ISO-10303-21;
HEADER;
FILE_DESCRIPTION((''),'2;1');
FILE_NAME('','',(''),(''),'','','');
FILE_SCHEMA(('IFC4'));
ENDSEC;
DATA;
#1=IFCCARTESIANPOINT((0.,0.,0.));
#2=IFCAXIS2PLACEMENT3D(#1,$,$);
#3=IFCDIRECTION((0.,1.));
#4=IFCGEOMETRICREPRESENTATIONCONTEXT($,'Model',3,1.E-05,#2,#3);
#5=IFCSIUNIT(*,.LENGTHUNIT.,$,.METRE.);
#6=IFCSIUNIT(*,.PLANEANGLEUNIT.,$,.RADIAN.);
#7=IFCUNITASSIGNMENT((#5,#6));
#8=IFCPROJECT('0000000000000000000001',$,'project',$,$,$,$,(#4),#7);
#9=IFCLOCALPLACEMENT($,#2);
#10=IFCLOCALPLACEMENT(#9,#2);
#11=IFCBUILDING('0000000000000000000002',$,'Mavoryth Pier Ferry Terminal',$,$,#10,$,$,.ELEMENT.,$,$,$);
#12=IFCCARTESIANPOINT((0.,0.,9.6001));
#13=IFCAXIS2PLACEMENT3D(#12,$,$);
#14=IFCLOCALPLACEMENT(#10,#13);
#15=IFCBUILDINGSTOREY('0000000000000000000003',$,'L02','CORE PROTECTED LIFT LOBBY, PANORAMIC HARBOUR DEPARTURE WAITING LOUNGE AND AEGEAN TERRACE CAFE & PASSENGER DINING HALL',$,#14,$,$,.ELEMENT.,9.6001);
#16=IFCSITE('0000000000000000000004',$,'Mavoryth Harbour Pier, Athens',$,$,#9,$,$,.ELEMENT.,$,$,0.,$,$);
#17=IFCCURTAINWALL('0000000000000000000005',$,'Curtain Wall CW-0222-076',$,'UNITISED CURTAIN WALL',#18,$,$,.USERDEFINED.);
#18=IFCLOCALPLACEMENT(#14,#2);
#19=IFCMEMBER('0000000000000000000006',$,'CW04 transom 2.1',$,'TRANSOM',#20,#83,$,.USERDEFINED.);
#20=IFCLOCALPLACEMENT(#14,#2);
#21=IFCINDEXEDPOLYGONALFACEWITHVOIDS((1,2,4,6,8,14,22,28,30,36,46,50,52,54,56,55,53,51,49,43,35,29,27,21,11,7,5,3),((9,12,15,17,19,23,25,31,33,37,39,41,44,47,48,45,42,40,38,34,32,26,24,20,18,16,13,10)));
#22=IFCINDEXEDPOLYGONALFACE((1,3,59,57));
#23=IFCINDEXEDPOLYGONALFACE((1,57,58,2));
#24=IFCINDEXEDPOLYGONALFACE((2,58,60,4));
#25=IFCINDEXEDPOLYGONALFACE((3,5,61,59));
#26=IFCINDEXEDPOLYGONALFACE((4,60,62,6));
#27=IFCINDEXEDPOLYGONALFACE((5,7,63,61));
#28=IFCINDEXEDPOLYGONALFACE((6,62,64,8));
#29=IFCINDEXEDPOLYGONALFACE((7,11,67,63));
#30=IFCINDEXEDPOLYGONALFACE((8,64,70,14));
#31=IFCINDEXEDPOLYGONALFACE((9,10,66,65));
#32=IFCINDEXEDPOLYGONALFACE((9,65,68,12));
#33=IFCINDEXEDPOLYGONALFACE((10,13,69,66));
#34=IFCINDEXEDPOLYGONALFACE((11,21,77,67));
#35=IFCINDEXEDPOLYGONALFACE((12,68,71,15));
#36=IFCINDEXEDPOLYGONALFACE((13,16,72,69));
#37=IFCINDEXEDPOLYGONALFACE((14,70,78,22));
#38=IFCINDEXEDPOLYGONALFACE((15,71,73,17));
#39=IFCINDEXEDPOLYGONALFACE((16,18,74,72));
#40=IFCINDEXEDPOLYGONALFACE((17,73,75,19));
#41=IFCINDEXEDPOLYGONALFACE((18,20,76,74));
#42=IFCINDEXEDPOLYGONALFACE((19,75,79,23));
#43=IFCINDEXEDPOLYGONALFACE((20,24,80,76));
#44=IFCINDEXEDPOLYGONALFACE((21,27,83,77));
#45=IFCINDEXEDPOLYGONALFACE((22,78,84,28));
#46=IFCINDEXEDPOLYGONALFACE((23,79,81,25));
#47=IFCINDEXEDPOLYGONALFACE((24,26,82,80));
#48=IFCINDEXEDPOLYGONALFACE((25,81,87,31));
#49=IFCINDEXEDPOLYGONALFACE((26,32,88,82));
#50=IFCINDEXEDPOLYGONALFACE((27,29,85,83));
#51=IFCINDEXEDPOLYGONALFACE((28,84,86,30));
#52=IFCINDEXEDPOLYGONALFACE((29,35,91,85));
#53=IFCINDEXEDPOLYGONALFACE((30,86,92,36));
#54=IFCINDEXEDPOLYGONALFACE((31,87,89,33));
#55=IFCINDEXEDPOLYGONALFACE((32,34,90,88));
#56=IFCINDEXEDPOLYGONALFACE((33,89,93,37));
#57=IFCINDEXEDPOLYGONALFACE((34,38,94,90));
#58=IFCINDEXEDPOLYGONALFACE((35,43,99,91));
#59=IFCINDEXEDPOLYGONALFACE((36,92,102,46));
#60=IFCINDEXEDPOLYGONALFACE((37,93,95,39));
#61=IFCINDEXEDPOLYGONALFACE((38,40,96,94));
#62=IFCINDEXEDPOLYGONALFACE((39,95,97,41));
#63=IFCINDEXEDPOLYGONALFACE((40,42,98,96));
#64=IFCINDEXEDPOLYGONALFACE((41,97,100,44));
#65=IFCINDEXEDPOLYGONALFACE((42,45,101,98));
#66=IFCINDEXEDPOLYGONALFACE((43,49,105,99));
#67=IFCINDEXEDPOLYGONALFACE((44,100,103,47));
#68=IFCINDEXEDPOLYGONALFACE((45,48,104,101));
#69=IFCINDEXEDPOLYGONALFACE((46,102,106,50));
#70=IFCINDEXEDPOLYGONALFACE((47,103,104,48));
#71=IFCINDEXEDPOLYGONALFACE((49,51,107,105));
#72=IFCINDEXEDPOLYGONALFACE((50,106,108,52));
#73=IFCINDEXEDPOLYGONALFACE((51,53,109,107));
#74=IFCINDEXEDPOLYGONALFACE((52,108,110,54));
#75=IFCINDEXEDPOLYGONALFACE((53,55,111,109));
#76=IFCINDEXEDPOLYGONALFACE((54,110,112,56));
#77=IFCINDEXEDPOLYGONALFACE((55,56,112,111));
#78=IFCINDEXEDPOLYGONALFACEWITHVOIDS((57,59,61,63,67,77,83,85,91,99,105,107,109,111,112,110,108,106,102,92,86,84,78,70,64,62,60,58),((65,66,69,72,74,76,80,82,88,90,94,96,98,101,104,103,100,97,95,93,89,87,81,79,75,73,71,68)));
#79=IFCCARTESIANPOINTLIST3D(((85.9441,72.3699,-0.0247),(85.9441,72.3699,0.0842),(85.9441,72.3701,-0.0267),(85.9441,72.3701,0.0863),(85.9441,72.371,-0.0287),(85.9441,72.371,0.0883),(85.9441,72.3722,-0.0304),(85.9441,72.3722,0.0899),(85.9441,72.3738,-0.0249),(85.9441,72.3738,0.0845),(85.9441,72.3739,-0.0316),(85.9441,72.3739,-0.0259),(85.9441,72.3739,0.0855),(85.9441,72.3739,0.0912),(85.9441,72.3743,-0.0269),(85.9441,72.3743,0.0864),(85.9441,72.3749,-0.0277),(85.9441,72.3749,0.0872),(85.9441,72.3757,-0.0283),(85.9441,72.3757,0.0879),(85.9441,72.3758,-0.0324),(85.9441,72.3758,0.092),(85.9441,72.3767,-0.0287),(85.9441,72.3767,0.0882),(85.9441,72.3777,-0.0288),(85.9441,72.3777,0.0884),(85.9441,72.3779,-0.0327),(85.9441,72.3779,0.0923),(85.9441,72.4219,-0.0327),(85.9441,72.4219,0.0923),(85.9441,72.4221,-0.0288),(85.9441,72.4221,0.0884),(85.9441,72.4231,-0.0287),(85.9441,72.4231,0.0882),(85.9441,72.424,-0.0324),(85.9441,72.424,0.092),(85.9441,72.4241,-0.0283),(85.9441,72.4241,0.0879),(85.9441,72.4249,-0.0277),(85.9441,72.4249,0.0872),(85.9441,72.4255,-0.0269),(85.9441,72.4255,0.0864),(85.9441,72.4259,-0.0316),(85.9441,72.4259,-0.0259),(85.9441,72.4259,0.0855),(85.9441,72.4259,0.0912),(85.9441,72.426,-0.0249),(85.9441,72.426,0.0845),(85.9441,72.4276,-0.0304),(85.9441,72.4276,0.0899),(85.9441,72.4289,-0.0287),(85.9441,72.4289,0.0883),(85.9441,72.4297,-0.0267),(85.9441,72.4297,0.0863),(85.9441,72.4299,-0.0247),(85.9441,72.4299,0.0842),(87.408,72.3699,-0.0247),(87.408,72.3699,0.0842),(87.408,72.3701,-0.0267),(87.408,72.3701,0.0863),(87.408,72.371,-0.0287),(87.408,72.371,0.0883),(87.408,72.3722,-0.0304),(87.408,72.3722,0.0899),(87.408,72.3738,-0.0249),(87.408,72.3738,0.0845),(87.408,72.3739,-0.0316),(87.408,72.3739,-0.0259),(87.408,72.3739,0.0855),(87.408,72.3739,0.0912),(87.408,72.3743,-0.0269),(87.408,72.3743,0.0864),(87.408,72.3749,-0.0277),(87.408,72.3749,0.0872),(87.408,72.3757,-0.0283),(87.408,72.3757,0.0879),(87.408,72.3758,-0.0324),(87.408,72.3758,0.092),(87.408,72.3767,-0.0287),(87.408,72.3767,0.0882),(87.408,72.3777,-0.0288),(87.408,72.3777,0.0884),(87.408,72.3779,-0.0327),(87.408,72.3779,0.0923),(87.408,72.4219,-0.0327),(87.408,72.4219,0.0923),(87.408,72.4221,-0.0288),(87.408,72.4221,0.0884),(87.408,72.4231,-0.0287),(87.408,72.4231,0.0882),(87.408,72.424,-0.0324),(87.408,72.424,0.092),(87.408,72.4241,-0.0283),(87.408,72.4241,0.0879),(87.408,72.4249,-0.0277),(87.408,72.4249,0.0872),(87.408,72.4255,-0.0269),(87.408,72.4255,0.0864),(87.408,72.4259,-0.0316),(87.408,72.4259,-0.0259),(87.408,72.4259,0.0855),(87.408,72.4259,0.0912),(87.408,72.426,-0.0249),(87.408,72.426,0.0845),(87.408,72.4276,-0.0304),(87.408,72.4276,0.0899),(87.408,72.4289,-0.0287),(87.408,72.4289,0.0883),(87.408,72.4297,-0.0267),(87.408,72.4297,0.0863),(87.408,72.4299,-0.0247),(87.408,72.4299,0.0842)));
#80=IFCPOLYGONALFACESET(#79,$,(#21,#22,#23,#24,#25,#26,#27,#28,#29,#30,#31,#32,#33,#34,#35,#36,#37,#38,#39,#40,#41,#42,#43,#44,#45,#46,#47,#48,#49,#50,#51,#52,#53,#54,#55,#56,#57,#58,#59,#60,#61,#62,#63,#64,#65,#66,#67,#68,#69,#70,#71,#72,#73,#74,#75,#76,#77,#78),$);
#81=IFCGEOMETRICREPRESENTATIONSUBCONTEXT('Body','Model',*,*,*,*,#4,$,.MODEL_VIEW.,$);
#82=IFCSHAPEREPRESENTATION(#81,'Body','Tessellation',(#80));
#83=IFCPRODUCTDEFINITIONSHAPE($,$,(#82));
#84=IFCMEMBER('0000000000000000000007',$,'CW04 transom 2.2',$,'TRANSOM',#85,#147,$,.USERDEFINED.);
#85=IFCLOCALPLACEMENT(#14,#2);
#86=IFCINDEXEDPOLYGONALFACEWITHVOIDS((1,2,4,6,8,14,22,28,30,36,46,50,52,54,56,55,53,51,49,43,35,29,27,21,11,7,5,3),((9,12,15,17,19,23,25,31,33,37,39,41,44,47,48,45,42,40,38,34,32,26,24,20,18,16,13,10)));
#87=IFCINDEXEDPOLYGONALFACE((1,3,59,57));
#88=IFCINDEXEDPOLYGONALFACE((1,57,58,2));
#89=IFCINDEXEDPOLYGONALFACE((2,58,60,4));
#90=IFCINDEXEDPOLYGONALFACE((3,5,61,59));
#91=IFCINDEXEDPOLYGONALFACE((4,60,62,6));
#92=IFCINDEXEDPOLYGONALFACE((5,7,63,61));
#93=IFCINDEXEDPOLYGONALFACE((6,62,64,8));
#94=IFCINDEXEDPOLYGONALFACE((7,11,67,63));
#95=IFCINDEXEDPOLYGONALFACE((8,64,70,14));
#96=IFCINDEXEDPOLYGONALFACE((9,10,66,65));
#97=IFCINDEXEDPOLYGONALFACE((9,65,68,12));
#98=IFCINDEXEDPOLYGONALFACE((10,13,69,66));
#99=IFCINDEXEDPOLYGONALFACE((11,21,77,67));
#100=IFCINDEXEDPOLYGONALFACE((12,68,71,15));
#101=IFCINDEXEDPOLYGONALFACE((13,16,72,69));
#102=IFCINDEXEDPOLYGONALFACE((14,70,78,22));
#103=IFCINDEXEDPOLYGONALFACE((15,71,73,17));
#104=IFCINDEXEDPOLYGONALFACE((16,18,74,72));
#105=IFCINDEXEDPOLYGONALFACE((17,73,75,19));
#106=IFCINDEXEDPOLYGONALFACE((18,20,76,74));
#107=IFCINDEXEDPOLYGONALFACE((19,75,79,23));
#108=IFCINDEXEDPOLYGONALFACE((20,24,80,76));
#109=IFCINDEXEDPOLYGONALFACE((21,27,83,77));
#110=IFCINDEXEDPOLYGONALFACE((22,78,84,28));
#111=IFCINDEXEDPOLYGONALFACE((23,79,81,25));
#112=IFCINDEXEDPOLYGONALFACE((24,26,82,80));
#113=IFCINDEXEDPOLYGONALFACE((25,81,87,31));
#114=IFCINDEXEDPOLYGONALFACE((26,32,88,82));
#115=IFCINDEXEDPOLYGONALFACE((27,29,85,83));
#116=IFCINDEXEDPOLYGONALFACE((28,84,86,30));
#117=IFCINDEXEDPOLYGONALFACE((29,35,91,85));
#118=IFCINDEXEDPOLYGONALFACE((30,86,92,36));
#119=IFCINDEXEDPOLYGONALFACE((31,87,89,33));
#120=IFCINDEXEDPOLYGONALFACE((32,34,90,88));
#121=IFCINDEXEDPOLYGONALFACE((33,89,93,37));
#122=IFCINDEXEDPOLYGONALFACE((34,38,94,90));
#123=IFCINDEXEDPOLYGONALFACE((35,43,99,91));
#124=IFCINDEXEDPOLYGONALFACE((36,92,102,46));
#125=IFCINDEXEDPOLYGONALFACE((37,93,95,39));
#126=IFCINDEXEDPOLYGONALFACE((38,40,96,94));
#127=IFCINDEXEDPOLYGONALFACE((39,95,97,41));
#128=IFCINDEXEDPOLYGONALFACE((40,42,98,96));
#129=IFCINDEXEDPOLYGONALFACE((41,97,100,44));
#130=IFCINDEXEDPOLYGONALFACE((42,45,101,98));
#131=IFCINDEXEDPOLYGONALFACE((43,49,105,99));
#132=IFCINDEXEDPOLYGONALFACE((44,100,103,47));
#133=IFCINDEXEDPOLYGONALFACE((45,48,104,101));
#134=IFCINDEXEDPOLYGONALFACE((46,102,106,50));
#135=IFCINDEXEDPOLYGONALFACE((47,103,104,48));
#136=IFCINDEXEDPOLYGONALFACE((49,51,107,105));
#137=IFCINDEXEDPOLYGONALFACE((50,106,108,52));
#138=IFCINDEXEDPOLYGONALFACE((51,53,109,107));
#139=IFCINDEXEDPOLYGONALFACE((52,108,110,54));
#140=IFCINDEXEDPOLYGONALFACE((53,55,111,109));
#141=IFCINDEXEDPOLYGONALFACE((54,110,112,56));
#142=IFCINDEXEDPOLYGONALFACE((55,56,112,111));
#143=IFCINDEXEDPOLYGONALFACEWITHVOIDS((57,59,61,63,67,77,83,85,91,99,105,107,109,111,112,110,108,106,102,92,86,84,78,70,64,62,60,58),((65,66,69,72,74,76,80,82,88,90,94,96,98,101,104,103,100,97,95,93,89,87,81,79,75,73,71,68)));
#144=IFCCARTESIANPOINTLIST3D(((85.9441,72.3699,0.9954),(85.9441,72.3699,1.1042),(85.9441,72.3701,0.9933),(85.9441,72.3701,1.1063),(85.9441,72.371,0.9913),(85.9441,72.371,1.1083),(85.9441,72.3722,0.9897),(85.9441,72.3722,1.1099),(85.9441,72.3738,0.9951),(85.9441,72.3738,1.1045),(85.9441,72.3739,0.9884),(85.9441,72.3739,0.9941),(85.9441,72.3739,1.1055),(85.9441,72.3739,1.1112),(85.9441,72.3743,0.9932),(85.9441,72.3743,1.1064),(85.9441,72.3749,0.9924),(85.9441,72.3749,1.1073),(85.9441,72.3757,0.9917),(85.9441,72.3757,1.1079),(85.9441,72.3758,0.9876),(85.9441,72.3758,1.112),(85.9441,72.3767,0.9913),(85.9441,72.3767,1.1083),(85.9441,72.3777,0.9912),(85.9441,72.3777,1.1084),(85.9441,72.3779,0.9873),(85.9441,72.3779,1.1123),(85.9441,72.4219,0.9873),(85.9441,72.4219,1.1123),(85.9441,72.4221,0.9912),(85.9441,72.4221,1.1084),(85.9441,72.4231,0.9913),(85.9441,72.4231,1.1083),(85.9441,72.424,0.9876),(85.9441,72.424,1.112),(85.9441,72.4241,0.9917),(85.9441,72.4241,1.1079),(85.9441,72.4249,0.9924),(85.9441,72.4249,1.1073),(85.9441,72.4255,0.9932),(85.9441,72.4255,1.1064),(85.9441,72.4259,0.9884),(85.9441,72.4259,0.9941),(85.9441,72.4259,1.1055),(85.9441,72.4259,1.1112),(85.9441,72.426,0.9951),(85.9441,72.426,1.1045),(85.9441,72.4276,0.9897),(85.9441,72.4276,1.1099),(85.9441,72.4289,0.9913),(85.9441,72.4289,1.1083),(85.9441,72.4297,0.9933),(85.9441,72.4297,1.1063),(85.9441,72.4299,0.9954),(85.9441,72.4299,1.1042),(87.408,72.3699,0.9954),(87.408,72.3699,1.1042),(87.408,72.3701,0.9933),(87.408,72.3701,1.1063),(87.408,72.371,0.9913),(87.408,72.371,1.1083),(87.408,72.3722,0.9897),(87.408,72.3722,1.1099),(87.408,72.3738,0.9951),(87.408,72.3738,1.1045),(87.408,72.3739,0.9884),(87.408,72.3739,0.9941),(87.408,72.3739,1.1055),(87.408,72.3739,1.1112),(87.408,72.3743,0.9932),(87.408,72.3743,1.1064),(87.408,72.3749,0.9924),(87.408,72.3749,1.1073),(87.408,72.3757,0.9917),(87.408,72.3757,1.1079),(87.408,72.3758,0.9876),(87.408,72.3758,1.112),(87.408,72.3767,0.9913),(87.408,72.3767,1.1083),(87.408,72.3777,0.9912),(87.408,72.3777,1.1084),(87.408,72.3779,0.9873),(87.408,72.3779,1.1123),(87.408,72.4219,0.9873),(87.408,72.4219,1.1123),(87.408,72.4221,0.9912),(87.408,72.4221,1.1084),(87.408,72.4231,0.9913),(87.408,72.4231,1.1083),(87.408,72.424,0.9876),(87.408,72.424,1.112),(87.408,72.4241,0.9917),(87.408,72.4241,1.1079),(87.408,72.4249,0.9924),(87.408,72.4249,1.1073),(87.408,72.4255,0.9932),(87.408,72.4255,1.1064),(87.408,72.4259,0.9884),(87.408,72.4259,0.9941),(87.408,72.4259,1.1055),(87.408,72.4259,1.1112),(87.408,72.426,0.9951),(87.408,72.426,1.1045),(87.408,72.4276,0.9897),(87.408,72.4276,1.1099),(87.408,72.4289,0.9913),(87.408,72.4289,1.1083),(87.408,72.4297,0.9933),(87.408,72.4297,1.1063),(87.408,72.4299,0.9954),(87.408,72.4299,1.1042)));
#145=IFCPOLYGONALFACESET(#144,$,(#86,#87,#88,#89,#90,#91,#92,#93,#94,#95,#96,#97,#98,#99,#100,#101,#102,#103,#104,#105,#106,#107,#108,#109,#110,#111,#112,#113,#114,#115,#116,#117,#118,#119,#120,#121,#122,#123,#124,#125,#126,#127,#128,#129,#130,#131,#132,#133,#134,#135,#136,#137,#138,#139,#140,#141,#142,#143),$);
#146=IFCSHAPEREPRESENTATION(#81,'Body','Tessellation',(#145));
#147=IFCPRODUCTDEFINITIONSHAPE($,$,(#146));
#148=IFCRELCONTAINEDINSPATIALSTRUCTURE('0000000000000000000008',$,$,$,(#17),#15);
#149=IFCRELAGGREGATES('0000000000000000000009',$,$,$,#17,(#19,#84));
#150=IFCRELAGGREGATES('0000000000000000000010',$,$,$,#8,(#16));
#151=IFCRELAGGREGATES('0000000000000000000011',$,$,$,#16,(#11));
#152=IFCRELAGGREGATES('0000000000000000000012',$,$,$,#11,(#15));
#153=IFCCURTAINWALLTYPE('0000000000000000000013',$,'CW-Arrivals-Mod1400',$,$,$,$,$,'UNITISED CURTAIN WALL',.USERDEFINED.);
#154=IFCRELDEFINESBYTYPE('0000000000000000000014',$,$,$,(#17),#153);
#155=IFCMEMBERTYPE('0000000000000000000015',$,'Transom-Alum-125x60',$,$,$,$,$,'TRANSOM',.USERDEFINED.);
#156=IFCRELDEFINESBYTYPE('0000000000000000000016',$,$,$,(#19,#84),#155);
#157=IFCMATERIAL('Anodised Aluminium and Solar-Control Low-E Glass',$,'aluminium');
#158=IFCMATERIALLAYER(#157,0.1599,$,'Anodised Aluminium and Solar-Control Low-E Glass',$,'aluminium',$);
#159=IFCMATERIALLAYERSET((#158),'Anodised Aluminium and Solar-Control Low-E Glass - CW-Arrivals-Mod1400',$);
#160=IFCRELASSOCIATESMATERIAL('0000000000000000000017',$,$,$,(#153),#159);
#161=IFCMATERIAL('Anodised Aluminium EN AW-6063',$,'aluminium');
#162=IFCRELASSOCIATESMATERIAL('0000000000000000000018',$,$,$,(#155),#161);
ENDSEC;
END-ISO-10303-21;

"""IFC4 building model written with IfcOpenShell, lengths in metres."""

from ifc_helpers import new_model, si_unit, direction, frame, origin, origin_2d, place, context, subcontext, project, spatial, hollow_rectangle, extrude, material, layer, layer_set, material_profile, profile_set, type_object, element, aggregate, save


model = new_model("IFC4")

# Units and contexts
model_context = context("Model", 3, precision=1e-05, world=origin(), true_north=direction((0.0, 1.0)))
body_context = subcontext(model_context, "Body", "Model", "MODEL_VIEW")
ifc_project = project(units=[si_unit("LENGTHUNIT", "METRE"), si_unit("PLANEANGLEUNIT", "RADIAN")], contexts=[model_context])

# Site, building, storey
site_placement = place(None, origin())
site = spatial("IfcSite", under=ifc_project, at=site_placement, Name="Mavoryth Harbour Pier, Athens", CompositionType="ELEMENT", RefElevation=0.0)
building_placement = place(site_placement, origin())
building = spatial("IfcBuilding", under=site, at=building_placement, Name="Mavoryth Pier Ferry Terminal", CompositionType="ELEMENT")
storey_placement = place(building_placement, frame((0.0, 0.0, 9.6001)))
storey = spatial("IfcBuildingStorey", under=building, at=storey_placement, Name="L02", Description="CORE PROTECTED LIFT LOBBY, PANORAMIC HARBOUR DEPARTURE WAITING LOUNGE AND AEGEAN TERRACE CAFE & PASSENGER DINING HALL", CompositionType="ELEMENT", Elevation=9.6001)

# Curtain wall
ifc_material_1 = material(Name="Anodised Aluminium and Solar-Control Low-E Glass", Category="aluminium")
ifc_layer_1 = layer(ifc_material_1, 0.1599, Name="Anodised Aluminium and Solar-Control Low-E Glass", Category="aluminium")
ifc_layer_set_1 = layer_set([ifc_layer_1], Name="Anodised Aluminium and Solar-Control Low-E Glass - CW-Arrivals-Mod1400")
curtain_wall_type = type_object("IfcCurtainWallType", Name="CW-Arrivals-Mod1400", ElementType="UNITISED CURTAIN WALL", PredefinedType="USERDEFINED", material=ifc_layer_set_1)
curtain_wall_placement = place(storey_placement, origin())
curtain_wall = element("IfcCurtainWall", 1, at=curtain_wall_placement, inside=storey, type_object=curtain_wall_type, Name="Curtain Wall CW-0222-076", ObjectType="UNITISED CURTAIN WALL", PredefinedType="USERDEFINED")
ifc_material_2 = material(Name="Anodised Aluminium EN AW-6063", Category="aluminium")

# Members
ifc_material_profile_1 = material_profile(ifc_material_2, hollow_rectangle(XDim=0.0601, YDim=0.125, WallThickness=0.0039, InnerFilletRadius=0.0039, OuterFilletRadius=0.0081, at=origin_2d()), Name="AL-TRAN 125x60x4", Category="aluminium")
ifc_profile_set_1 = profile_set([ifc_material_profile_1], Name="Anodised Aluminium EN AW-6063 - AL-TRAN 125x60x4")
member_type_1 = type_object("IfcMemberType", Name="Transom-Alum-125x60", ElementType="TRANSOM", PredefinedType="USERDEFINED", material=ifc_profile_set_1)
member_1_placement = place(storey_placement, frame((85.9441, 72.3999, 0.0298), z_axis=(1.0, 0.0, 0.0), x_axis=(0.0, 1.0, 0.0)))
member_1 = element("IfcMember", 2, at=member_1_placement, type_object=member_type_1, Name="CW04 transom 2.1", ObjectType="TRANSOM", PredefinedType="USERDEFINED", context=body_context, shape_type="SweptSolid", body=[
    extrude(hollow_rectangle(XDim=0.0601, YDim=0.125, WallThickness=0.0039, InnerFilletRadius=0.0039, OuterFilletRadius=0.0081, at=origin_2d()), origin(), (0.0, 0.0, 1.0), 1.4639),
])
member_2_placement = place(storey_placement, frame((85.9441, 72.3999, 1.0498), z_axis=(1.0, 0.0, 0.0), x_axis=(0.0, 1.0, 0.0)))
member_2 = element("IfcMember", 3, at=member_2_placement, type_object=member_type_1, Name="CW04 transom 2.2", ObjectType="TRANSOM", PredefinedType="USERDEFINED", context=body_context, shape_type="SweptSolid", body=[
    extrude(hollow_rectangle(XDim=0.0601, YDim=0.125, WallThickness=0.0039, InnerFilletRadius=0.0039, OuterFilletRadius=0.0081, at=origin_2d()), origin(), (0.0, 0.0, 1.0), 1.4639),
])

aggregate(curtain_wall, [member_1, member_2])

save(model, "model.ifc")
